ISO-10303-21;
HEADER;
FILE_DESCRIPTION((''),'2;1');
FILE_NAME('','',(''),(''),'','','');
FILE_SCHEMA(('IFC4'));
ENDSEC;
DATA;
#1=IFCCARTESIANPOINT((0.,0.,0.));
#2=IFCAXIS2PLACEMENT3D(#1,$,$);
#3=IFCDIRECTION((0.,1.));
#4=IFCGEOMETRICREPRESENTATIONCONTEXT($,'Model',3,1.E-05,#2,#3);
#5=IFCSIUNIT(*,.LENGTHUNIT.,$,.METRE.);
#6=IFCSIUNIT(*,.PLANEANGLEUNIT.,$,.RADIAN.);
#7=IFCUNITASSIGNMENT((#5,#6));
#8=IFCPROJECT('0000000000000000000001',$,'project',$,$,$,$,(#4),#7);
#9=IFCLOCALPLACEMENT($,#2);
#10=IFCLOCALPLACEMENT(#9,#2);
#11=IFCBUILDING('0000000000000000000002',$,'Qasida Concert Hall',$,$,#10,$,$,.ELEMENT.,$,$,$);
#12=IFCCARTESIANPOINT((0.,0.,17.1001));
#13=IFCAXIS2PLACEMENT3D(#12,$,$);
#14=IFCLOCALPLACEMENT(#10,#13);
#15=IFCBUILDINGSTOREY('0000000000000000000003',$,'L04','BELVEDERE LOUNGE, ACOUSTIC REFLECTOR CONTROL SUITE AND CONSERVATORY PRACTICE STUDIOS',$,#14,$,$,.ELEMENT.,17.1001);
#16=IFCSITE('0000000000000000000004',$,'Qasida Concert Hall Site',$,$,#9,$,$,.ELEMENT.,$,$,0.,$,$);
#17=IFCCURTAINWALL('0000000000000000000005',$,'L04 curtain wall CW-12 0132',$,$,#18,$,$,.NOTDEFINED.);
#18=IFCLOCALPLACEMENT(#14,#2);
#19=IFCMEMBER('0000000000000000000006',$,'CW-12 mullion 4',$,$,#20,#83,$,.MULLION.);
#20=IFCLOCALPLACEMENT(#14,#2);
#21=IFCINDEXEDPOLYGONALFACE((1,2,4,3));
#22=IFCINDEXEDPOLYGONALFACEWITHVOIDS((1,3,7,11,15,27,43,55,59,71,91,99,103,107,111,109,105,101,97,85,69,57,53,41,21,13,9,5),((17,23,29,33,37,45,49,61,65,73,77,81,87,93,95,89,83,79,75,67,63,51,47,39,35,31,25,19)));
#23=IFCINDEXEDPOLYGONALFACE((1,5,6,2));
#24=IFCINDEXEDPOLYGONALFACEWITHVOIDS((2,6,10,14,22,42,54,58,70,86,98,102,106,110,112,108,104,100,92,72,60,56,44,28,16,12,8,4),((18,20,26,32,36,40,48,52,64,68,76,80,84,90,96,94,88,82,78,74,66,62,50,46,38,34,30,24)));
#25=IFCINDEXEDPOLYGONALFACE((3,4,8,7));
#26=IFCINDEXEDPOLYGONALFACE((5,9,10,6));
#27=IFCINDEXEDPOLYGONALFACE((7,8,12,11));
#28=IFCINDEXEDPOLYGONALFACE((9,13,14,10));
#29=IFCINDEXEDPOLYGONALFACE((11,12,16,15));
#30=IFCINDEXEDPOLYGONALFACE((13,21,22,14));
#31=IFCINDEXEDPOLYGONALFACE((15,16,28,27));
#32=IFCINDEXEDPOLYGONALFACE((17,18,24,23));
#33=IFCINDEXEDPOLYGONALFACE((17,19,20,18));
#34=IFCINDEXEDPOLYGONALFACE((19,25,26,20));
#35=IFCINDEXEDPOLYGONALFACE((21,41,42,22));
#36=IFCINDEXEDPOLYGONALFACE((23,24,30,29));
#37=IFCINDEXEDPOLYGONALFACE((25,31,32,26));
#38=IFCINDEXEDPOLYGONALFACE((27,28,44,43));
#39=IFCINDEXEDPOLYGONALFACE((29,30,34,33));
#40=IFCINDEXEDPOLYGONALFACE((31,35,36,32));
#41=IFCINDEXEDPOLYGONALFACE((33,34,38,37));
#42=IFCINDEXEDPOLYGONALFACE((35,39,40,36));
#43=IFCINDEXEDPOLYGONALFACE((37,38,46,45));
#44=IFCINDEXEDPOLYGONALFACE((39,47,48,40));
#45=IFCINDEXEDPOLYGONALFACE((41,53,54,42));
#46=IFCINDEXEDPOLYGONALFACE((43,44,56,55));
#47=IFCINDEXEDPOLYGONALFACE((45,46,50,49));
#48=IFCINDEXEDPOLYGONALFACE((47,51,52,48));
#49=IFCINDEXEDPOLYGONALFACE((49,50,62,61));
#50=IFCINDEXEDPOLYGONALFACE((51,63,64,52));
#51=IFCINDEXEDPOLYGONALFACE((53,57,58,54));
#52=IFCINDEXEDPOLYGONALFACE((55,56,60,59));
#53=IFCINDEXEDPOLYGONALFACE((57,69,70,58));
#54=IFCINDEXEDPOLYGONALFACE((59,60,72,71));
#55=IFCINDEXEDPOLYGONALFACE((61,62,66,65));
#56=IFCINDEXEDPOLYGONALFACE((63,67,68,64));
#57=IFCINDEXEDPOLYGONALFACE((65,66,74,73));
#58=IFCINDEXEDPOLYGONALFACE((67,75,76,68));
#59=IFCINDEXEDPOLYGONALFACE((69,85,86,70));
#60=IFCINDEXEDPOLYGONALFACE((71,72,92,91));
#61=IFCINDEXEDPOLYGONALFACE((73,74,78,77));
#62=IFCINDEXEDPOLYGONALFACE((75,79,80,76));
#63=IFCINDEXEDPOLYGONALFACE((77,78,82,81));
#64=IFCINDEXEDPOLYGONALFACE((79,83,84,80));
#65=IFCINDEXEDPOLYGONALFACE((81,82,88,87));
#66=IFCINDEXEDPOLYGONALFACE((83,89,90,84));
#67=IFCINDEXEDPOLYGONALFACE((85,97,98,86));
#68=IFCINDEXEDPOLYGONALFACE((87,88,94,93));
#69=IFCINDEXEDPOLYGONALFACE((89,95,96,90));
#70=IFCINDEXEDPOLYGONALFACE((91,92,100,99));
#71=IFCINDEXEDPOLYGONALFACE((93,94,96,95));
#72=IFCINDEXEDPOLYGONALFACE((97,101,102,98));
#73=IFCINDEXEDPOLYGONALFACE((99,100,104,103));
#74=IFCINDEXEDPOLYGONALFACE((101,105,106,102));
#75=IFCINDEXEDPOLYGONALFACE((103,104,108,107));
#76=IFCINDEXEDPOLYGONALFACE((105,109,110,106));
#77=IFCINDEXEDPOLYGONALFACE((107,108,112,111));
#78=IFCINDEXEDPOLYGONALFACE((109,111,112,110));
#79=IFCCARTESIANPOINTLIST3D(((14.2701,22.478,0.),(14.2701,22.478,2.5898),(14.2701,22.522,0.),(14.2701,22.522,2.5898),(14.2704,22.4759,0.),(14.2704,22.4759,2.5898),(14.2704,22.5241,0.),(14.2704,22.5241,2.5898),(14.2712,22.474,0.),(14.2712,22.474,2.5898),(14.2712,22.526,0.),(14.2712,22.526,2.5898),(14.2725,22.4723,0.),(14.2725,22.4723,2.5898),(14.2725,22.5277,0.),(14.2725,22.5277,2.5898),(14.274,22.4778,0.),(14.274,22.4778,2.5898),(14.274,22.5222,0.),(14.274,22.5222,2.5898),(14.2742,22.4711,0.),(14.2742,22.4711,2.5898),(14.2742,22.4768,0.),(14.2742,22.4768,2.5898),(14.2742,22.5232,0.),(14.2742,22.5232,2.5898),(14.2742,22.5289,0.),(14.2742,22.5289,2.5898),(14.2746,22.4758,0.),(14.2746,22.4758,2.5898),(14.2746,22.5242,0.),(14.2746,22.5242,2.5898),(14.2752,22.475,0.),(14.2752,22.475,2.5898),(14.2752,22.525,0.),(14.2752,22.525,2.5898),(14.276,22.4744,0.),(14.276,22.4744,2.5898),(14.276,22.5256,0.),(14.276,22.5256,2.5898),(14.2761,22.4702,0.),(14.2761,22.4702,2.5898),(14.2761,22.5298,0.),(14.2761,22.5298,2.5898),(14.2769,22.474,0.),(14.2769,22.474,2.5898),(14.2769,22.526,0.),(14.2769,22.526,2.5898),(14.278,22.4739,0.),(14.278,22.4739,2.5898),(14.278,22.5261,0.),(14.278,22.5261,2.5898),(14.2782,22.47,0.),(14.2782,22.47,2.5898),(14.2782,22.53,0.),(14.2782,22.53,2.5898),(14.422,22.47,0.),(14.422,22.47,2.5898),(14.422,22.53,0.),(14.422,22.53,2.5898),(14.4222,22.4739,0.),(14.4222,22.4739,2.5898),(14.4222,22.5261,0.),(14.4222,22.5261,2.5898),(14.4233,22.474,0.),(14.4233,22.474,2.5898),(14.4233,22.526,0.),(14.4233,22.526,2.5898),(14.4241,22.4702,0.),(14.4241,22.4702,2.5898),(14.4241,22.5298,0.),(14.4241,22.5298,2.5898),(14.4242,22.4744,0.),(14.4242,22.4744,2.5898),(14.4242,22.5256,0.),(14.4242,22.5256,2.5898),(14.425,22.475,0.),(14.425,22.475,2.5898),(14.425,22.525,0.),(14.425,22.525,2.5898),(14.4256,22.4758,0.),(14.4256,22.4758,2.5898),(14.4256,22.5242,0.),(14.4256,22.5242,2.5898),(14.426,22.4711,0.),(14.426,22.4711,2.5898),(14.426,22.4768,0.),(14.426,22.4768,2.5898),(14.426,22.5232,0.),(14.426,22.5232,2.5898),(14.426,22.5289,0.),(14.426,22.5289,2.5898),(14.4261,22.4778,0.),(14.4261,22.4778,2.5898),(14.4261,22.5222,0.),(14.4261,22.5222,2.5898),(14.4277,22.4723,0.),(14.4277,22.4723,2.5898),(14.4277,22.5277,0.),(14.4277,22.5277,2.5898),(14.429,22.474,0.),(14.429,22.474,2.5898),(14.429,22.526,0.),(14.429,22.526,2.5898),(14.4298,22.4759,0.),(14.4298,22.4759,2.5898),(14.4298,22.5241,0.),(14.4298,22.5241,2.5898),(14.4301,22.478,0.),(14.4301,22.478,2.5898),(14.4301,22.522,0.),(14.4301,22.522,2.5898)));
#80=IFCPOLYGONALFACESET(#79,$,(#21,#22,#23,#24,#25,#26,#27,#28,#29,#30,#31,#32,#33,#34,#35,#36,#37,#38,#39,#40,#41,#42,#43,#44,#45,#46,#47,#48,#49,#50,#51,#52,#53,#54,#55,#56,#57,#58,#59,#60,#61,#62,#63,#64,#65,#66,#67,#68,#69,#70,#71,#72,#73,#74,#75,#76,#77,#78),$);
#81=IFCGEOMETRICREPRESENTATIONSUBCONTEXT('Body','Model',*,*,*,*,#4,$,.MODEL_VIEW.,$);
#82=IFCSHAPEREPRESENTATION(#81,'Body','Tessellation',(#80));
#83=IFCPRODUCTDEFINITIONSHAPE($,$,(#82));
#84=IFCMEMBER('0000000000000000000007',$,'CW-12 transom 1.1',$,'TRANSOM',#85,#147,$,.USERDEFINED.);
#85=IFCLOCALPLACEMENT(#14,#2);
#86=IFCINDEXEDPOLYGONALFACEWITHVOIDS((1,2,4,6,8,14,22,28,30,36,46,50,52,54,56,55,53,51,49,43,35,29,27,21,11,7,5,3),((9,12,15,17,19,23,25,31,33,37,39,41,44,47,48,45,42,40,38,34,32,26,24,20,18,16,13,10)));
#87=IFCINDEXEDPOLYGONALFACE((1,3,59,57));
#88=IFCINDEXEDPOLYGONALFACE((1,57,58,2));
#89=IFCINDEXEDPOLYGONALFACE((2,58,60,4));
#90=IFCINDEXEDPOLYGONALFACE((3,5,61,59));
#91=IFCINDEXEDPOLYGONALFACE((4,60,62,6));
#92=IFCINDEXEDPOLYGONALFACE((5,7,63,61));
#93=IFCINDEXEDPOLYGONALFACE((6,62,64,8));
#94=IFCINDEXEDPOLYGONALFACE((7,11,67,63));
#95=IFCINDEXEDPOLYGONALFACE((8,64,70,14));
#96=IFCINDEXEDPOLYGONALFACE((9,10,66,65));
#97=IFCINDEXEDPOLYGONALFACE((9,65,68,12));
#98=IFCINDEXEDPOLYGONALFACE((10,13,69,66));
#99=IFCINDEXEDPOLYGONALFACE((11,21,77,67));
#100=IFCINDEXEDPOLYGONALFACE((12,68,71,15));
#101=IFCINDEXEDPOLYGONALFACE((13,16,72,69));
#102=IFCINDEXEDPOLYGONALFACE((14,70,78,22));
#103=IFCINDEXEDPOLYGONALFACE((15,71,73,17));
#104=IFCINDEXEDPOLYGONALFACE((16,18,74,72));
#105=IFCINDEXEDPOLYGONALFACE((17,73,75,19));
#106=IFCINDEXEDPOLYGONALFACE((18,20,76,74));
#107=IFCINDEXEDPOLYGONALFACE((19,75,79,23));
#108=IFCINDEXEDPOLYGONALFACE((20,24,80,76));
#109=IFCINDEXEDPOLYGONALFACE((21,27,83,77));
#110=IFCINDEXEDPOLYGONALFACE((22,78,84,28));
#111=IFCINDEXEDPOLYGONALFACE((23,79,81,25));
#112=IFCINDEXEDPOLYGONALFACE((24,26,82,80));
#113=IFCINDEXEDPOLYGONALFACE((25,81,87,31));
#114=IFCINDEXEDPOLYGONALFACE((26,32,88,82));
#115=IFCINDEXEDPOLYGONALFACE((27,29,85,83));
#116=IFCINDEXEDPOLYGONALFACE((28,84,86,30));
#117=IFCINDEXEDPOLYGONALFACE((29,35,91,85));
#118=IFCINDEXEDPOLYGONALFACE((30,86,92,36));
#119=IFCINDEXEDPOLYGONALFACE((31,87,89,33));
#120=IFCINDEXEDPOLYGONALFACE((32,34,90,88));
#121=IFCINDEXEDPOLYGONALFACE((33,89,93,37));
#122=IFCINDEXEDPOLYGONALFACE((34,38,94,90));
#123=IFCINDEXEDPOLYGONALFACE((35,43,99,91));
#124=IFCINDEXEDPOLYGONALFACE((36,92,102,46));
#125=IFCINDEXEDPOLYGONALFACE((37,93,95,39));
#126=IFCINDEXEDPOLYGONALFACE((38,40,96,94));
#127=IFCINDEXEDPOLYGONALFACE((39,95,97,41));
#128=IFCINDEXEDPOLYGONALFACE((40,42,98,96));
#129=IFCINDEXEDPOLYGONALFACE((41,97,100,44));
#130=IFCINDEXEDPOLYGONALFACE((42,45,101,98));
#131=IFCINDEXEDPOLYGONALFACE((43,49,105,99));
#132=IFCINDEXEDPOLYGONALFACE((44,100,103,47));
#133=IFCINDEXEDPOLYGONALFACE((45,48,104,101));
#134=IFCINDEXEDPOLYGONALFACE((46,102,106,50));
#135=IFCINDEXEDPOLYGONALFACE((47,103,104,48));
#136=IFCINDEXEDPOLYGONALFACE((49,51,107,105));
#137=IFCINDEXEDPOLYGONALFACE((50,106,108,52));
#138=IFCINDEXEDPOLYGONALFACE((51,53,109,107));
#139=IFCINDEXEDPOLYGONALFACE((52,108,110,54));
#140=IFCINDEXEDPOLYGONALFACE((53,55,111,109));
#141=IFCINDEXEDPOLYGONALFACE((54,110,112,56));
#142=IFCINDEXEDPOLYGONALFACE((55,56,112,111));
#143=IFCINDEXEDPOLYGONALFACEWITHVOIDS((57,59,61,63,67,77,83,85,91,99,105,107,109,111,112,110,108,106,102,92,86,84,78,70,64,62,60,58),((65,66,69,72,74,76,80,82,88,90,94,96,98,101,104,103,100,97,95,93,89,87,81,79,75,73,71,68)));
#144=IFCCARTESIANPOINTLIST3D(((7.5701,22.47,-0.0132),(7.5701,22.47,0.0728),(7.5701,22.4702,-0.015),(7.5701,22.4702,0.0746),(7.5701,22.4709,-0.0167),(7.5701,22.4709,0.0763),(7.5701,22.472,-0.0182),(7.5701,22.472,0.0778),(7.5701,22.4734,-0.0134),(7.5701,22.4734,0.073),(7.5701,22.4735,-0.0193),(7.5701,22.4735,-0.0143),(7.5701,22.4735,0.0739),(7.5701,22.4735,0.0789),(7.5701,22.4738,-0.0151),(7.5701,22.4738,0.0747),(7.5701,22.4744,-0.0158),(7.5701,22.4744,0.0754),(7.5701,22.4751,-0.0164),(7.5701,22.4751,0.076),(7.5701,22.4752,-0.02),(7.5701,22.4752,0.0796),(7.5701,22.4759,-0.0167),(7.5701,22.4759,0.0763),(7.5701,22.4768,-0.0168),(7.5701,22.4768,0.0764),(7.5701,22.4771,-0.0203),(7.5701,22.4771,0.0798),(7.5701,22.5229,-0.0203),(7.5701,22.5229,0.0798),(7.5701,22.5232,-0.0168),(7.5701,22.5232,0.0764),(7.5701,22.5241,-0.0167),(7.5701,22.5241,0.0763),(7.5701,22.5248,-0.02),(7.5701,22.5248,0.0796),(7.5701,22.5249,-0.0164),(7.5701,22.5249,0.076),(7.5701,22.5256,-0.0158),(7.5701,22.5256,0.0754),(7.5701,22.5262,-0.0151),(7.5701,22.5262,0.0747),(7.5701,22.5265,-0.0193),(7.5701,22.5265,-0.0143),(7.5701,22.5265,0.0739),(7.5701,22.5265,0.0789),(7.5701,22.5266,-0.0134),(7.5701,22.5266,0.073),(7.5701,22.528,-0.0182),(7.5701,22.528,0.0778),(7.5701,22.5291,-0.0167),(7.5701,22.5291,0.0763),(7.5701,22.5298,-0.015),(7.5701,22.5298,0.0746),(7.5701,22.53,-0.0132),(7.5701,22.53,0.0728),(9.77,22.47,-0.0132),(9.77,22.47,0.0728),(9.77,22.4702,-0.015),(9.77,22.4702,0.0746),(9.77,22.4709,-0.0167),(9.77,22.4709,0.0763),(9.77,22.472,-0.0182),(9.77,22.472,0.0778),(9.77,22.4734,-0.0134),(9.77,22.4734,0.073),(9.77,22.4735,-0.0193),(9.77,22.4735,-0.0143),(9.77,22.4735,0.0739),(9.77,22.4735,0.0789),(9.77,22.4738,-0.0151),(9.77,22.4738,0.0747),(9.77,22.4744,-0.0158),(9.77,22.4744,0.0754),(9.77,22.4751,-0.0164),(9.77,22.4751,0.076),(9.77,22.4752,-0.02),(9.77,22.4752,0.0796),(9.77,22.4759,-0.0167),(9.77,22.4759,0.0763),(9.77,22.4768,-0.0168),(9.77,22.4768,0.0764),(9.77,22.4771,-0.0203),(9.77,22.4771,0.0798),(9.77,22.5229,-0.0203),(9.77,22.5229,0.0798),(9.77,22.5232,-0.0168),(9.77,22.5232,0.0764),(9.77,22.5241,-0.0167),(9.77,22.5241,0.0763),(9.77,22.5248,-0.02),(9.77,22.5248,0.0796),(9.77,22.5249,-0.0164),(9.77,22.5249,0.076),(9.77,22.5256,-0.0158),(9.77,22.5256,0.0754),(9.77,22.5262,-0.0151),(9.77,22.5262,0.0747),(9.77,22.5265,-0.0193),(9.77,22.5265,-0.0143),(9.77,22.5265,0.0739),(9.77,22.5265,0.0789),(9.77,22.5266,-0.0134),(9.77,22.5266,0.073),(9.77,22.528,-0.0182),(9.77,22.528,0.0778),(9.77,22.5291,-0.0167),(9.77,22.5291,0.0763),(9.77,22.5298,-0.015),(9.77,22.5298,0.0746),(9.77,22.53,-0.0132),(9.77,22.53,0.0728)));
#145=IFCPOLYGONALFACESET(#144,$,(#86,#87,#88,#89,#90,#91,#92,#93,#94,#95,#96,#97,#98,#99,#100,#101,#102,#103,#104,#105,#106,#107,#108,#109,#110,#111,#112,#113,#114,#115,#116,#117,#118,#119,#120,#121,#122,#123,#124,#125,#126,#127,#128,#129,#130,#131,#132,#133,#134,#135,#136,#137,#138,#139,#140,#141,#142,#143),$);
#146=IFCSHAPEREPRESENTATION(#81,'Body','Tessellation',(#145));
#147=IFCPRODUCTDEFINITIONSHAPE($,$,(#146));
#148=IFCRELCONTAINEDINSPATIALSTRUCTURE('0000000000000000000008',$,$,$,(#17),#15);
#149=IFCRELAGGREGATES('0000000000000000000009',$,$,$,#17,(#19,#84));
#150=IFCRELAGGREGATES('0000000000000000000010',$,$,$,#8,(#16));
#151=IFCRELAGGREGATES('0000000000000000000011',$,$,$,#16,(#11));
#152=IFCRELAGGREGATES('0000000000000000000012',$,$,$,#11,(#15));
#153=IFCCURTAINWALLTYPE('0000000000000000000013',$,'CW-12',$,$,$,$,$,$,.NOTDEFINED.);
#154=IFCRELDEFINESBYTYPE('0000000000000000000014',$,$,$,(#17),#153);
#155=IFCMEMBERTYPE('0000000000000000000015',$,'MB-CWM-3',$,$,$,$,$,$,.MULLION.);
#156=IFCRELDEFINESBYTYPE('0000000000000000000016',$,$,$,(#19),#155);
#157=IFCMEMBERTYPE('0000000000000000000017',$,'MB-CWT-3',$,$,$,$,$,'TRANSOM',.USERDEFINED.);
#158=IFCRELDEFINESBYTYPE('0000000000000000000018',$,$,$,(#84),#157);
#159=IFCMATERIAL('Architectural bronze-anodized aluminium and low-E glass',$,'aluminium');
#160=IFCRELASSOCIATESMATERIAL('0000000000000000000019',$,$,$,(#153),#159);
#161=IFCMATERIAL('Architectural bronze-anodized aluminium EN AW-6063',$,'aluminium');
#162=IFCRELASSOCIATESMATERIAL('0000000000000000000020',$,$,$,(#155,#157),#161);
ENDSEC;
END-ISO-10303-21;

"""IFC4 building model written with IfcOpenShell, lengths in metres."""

from ifc_helpers import new_model, si_unit, direction, frame, origin, origin_2d, place, context, subcontext, project, spatial, hollow_rectangle, extrude, material, material_profile, profile_set, type_object, element, aggregate, save


model = new_model("IFC4")

# Units and contexts
model_context = context("Model", 3, precision=1e-05, world=origin(), true_north=direction((0.0, 1.0)))
body_context = subcontext(model_context, "Body", "Model", "MODEL_VIEW")
ifc_project = project(units=[si_unit("LENGTHUNIT", "METRE"), si_unit("PLANEANGLEUNIT", "RADIAN")], contexts=[model_context])

# Site, building, storey
site_placement = place(None, origin())
site = spatial("IfcSite", under=ifc_project, at=site_placement, Name="Qasida Concert Hall Site", CompositionType="ELEMENT", RefElevation=0.0)
building_placement = place(site_placement, origin())
building = spatial("IfcBuilding", under=site, at=building_placement, Name="Qasida Concert Hall", CompositionType="ELEMENT")
storey_placement = place(building_placement, frame((0.0, 0.0, 17.1001)))
storey = spatial("IfcBuildingStorey", under=building, at=storey_placement, Name="L04", Description="BELVEDERE LOUNGE, ACOUSTIC REFLECTOR CONTROL SUITE AND CONSERVATORY PRACTICE STUDIOS", CompositionType="ELEMENT", Elevation=17.1001)

# Shared definitions
ifc_material_1 = material(Name="Architectural bronze-anodized aluminium and low-E glass", Category="aluminium")
curtain_wall_type = type_object("IfcCurtainWallType", Name="CW-12", PredefinedType="NOTDEFINED", material=ifc_material_1)
ifc_material_2 = material(Name="Architectural bronze-anodized aluminium EN AW-6063", Category="aluminium")
ifc_material_profile_1 = material_profile(ifc_material_2, hollow_rectangle(XDim=0.0601, YDim=0.1599, WallThickness=0.0039, InnerFilletRadius=0.0039, OuterFilletRadius=0.0081, at=origin_2d()), Name="CWM 160x60x4")
ifc_profile_set_1 = profile_set([ifc_material_profile_1], Name="Architectural bronze-anodized aluminium EN AW-6063")
member_type_1 = type_object("IfcMemberType", Name="MB-CWM-3", PredefinedType="MULLION", material=ifc_profile_set_1)

# Curtain wall, members
curtain_wall_1_placement = place(storey_placement, origin())
curtain_wall_1 = element("IfcCurtainWall", 1, at=curtain_wall_1_placement, inside=storey, type_object=curtain_wall_type, Name="L04 curtain wall CW-12 0132", PredefinedType="NOTDEFINED")
member_1_placement = place(storey_placement, frame((14.3501, 22.5, 0.0), z_axis=(0.0, 0.0, 1.0), x_axis=(0.0, 1.0, 0.0)))
member_1 = element("IfcMember", 2, at=member_1_placement, type_object=member_type_1, Name="CW-12 mullion 4", PredefinedType="MULLION", context=body_context, shape_type="SweptSolid", body=[
    extrude(hollow_rectangle(XDim=0.0601, YDim=0.1599, WallThickness=0.0039, InnerFilletRadius=0.0039, OuterFilletRadius=0.0081, at=origin_2d()), origin(), (0.0, 0.0, 1.0), 2.5898),
])
ifc_material_profile_2 = material_profile(ifc_material_2, hollow_rectangle(XDim=0.0601, YDim=0.1001, WallThickness=0.0034, InnerFilletRadius=0.0034, OuterFilletRadius=0.0071, at=origin_2d()), Name="CWT 100x60x3.5")
ifc_profile_set_2 = profile_set([ifc_material_profile_2], Name="Architectural bronze-anodized aluminium EN AW-6063")
member_type_2 = type_object("IfcMemberType", Name="MB-CWT-3", ElementType="TRANSOM", PredefinedType="USERDEFINED", material=ifc_profile_set_2)
member_2_placement = place(storey_placement, frame((7.5701, 22.5, 0.0298), z_axis=(1.0, 0.0, 0.0), x_axis=(0.0, 1.0, 0.0)))
member_2 = element("IfcMember", 3, at=member_2_placement, type_object=member_type_2, Name="CW-12 transom 1.1", ObjectType="TRANSOM", PredefinedType="USERDEFINED", context=body_context, shape_type="SweptSolid", body=[
    extrude(hollow_rectangle(XDim=0.0601, YDim=0.1001, WallThickness=0.0034, InnerFilletRadius=0.0034, OuterFilletRadius=0.0071, at=origin_2d()), origin(), (0.0, 0.0, 1.0), 2.2),
])
aggregate(curtain_wall_1, [member_1, member_2])

save(model, "model.ifc")
